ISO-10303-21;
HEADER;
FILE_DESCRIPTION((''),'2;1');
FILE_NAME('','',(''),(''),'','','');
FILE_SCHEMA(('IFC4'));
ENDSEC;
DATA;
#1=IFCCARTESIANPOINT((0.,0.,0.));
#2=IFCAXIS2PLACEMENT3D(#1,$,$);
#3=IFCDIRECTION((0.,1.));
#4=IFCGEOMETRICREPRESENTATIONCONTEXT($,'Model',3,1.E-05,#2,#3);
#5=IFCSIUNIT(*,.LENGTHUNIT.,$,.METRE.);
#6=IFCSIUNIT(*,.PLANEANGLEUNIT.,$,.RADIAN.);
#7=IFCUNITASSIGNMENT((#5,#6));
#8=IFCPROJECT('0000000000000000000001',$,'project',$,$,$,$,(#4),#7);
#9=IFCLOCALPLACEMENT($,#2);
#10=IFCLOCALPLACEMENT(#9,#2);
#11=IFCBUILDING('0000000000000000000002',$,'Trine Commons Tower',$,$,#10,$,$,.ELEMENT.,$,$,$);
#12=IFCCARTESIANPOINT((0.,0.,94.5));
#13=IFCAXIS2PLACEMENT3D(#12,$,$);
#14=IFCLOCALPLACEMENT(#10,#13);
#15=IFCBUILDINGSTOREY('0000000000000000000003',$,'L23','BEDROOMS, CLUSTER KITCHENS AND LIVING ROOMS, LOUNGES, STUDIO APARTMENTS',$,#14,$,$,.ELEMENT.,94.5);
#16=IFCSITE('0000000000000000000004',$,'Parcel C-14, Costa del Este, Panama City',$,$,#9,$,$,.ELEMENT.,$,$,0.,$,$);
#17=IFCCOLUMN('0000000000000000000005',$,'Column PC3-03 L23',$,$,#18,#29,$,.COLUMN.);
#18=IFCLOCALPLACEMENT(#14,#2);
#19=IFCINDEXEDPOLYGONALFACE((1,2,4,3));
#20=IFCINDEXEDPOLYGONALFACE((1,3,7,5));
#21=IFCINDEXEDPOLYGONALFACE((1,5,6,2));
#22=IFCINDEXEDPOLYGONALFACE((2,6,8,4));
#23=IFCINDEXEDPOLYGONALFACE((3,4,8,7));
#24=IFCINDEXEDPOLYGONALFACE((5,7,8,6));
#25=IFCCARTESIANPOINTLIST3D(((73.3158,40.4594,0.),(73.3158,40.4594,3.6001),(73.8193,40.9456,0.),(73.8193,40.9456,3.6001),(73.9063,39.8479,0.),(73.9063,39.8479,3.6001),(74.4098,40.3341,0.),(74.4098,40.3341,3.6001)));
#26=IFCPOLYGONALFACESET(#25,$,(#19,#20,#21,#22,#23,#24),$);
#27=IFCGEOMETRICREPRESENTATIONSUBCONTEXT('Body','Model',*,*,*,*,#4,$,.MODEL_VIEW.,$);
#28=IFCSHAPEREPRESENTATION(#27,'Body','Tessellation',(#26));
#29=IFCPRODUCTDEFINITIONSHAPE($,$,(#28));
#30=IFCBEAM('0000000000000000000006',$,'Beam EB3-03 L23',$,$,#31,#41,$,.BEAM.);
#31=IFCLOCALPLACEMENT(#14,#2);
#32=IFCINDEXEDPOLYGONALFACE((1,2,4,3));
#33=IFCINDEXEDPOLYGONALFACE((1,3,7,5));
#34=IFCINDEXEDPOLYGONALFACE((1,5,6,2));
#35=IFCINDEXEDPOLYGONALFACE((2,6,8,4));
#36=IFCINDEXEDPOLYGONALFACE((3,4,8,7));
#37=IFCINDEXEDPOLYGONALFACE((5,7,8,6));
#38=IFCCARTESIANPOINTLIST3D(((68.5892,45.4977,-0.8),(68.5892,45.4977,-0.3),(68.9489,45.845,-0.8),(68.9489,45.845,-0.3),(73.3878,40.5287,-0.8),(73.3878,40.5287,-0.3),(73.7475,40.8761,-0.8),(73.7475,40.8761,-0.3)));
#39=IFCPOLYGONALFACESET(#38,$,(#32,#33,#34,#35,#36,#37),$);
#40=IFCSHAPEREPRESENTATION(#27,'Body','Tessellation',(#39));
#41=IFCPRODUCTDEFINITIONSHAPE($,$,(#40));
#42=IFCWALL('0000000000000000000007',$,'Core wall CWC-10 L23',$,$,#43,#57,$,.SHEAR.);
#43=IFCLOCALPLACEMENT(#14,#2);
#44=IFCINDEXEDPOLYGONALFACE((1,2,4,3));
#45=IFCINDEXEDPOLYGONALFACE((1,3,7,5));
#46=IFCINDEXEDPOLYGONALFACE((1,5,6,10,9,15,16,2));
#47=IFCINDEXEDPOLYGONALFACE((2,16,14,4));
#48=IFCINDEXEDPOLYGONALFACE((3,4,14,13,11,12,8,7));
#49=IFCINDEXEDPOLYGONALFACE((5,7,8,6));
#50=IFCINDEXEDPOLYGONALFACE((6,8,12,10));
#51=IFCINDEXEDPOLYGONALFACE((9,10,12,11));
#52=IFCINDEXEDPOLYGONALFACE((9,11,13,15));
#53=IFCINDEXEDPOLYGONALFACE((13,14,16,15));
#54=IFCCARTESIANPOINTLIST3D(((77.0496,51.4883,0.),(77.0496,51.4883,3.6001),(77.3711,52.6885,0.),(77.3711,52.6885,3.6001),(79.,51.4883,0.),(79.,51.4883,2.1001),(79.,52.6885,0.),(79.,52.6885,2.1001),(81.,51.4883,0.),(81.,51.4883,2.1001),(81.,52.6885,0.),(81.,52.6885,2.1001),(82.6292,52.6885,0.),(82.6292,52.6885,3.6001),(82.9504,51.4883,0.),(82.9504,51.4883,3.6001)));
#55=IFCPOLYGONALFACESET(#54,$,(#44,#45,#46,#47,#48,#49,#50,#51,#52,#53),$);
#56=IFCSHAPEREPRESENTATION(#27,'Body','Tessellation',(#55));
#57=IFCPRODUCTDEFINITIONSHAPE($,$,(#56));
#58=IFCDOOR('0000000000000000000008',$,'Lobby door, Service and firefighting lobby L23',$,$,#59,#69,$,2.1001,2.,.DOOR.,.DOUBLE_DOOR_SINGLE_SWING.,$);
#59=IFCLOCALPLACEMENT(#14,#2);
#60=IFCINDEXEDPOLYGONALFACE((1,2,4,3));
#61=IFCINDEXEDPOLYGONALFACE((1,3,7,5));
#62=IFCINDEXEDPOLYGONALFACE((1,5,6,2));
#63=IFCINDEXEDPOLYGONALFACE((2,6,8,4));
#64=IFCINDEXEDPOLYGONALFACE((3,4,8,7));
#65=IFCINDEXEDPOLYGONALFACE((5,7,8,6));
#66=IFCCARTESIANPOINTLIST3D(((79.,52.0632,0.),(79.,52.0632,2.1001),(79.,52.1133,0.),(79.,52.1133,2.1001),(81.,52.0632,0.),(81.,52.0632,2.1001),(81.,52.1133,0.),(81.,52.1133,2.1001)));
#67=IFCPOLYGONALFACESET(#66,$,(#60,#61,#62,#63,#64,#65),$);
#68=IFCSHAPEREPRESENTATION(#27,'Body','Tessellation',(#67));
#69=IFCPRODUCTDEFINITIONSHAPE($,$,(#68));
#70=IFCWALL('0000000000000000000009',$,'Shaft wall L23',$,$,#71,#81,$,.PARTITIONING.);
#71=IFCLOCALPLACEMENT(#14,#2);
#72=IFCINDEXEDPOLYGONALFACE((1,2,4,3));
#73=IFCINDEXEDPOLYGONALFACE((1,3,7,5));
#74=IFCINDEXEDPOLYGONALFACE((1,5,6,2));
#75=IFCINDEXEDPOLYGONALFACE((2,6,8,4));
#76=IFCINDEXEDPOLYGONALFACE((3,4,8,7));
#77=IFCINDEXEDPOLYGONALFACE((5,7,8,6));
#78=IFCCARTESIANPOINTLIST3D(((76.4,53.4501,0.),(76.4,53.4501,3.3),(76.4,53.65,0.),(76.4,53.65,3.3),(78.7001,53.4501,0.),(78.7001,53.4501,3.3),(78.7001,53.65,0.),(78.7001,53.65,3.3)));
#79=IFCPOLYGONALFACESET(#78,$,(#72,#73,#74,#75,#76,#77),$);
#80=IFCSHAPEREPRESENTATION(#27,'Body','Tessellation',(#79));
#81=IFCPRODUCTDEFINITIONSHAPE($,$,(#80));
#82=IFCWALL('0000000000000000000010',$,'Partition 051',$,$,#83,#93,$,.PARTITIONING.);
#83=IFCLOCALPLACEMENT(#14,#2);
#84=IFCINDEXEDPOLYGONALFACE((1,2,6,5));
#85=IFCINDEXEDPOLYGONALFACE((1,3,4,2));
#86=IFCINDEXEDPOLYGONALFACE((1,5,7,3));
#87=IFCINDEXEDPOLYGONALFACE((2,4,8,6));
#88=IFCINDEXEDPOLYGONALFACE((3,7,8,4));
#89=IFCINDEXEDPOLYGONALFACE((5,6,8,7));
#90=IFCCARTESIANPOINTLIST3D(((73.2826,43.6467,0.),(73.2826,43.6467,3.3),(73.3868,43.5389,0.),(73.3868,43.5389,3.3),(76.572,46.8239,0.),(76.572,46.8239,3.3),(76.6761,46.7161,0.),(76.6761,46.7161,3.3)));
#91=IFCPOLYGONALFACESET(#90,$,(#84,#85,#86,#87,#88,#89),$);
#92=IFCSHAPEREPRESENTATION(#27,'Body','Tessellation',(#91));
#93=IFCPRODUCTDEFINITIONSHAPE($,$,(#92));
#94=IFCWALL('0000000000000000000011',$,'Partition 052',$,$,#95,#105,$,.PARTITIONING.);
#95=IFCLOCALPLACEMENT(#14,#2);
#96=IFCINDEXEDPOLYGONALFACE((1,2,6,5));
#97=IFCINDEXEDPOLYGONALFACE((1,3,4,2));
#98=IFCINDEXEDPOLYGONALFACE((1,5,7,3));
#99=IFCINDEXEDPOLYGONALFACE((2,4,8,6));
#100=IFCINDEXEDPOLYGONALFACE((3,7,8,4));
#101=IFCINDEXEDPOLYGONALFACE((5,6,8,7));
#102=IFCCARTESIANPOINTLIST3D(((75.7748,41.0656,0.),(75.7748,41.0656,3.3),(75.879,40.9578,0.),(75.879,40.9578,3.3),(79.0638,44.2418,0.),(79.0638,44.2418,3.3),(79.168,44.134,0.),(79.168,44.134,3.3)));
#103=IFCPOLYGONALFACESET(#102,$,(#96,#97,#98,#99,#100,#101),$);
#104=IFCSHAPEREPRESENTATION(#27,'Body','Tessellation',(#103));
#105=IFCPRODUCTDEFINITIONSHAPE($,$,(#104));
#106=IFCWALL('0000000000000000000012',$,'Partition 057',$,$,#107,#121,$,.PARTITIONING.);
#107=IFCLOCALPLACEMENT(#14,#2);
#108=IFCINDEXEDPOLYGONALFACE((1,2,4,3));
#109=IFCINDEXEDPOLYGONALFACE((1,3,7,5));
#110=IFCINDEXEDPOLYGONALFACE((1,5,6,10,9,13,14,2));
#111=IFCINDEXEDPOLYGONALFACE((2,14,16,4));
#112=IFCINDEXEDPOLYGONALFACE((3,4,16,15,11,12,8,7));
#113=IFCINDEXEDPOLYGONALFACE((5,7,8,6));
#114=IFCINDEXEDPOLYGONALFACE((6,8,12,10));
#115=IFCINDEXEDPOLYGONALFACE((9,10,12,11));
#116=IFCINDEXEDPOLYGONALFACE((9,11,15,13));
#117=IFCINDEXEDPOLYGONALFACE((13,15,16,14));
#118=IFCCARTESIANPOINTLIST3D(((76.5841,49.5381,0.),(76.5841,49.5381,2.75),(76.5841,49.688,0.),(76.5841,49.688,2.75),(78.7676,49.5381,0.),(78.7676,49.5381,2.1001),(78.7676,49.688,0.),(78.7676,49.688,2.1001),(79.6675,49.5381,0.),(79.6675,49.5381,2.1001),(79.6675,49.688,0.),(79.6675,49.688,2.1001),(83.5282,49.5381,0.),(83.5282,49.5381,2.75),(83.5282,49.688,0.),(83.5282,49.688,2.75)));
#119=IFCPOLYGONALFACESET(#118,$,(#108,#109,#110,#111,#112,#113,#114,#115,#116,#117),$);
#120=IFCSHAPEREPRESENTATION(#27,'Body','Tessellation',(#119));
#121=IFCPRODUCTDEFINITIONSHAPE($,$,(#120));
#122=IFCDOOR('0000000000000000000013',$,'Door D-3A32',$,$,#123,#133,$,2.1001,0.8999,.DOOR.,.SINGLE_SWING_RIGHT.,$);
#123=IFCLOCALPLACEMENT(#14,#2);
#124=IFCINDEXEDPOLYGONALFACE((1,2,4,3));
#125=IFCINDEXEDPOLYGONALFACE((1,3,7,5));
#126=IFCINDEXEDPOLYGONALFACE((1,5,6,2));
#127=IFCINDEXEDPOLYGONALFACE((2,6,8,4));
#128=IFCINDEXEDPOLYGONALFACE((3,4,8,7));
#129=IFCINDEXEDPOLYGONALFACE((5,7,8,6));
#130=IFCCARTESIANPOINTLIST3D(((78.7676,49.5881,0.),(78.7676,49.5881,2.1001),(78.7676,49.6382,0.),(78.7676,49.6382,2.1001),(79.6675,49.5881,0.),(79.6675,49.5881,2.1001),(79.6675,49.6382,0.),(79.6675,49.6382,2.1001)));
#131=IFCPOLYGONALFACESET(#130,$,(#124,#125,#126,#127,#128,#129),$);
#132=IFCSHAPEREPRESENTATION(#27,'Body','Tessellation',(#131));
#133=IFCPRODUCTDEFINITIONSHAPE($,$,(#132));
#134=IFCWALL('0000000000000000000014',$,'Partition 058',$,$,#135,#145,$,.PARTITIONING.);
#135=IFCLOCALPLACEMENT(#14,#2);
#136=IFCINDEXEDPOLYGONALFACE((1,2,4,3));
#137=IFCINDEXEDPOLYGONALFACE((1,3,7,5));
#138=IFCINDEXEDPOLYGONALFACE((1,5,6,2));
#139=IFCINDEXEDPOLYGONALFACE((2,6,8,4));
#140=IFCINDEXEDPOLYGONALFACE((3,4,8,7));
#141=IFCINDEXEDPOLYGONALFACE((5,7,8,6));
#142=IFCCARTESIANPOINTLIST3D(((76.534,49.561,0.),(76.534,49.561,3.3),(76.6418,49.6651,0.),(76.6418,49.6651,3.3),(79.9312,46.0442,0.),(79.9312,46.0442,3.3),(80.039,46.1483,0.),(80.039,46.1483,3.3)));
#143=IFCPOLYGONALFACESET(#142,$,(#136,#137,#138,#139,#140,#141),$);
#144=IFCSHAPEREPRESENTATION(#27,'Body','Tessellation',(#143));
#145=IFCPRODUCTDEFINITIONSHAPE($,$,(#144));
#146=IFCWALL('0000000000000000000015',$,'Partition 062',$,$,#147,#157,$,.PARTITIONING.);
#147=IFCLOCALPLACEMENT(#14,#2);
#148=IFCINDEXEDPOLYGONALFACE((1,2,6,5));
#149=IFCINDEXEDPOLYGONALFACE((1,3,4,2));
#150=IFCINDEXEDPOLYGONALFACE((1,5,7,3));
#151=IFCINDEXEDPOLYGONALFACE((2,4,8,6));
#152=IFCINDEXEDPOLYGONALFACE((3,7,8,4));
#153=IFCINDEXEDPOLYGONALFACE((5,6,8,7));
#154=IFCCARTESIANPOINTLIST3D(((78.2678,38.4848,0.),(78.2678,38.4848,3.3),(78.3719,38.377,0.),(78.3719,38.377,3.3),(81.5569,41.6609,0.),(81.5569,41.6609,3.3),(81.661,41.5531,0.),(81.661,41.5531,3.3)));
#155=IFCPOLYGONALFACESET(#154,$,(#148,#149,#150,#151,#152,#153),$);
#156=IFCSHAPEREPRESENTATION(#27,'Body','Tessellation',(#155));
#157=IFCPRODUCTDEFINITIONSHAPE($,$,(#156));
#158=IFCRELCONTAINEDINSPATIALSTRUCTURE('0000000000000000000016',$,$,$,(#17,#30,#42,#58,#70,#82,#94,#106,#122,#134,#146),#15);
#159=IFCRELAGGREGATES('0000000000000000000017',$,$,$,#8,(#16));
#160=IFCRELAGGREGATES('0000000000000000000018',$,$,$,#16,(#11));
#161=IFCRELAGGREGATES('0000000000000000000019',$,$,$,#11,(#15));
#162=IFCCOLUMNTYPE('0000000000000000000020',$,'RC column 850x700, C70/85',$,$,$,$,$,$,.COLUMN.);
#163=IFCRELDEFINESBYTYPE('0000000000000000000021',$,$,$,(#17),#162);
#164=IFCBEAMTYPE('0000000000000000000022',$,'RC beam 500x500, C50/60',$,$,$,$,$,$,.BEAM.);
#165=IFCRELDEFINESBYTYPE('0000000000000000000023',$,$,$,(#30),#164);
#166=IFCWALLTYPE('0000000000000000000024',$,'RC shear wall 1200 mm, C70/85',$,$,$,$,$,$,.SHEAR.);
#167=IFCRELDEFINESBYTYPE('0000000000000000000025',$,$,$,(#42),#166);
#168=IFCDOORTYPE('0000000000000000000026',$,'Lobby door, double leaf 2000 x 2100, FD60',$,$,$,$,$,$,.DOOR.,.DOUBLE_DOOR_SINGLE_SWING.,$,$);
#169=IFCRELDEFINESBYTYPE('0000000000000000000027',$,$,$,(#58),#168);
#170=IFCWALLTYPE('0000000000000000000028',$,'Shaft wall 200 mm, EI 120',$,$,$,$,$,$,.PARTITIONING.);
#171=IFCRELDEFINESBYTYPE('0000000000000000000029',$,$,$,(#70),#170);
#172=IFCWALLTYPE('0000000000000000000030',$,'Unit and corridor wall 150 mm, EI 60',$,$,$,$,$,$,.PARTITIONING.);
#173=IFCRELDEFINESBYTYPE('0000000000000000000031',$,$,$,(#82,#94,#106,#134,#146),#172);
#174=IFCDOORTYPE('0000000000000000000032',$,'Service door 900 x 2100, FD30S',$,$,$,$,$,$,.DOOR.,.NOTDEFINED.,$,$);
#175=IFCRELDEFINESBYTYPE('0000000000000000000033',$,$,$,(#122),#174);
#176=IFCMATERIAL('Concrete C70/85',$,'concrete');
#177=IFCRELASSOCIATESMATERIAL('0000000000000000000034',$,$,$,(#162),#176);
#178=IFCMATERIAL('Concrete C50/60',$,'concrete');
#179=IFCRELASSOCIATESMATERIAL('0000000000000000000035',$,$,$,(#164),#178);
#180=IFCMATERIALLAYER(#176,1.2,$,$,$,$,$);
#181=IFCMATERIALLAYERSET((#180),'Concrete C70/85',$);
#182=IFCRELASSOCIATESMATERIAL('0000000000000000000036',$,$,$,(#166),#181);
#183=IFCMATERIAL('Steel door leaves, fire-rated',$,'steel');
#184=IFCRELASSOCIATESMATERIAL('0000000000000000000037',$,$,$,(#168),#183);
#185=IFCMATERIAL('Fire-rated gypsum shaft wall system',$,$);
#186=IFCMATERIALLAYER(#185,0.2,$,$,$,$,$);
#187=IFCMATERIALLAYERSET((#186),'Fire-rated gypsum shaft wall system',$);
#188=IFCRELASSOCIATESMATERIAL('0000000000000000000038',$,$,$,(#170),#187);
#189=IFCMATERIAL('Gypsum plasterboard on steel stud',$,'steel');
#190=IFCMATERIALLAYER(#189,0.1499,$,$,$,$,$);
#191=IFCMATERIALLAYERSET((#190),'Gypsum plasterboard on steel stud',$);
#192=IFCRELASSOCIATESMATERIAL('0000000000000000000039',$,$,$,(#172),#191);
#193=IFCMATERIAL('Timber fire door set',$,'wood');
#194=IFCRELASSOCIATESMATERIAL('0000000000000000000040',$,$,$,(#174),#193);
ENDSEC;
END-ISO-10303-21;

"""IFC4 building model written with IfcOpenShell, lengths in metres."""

from ifc_helpers import new_model, si_unit, direction, frame, frame_2d, origin, origin_2d, place, context, subcontext, project, spatial, polyline, rectangle, outline, extrude, material, layer, layer_set, material_profile, profile_set, type_object, element, fill, save


model = new_model("IFC4")

# Units and contexts
model_context = context("Model", 3, precision=1e-05, world=origin(), true_north=direction((0.0, 1.0)))
body_context = subcontext(model_context, "Body", "Model", "MODEL_VIEW")
ifc_project = project(units=[si_unit("LENGTHUNIT", "METRE"), si_unit("PLANEANGLEUNIT", "RADIAN")], contexts=[model_context])

# Site, building, storey
site_placement = place(None, origin())
site = spatial("IfcSite", under=ifc_project, at=site_placement, Name="Parcel C-14, Costa del Este, Panama City", CompositionType="ELEMENT", RefElevation=0.0)
building_placement = place(site_placement, origin())
building = spatial("IfcBuilding", under=site, at=building_placement, Name="Trine Commons Tower", CompositionType="ELEMENT")
storey_placement = place(building_placement, frame((0.0, 0.0, 94.5)))
storey = spatial("IfcBuildingStorey", under=building, at=storey_placement, Name="L23", Description="BEDROOMS, CLUSTER KITCHENS AND LIVING ROOMS, LOUNGES, STUDIO APARTMENTS", CompositionType="ELEMENT", Elevation=94.5)

# Column
ifc_material_1 = material(Name="Concrete C70/85", Category="concrete")
ifc_material_profile_1 = material_profile(ifc_material_1, rectangle(XDim=0.8501, YDim=0.7, at=origin_2d()), Name="RC 850x700")
ifc_profile_set_1 = profile_set([ifc_material_profile_1], Name="Concrete C70/85")
column_type = type_object("IfcColumnType", Name="RC column 850x700, C70/85", PredefinedType="COLUMN", material=ifc_profile_set_1)
column_placement = place(storey_placement, frame((73.8628, 40.3967, 0.0), z_axis=(0.0, 0.0, 1.0), x_axis=(-0.694658, 0.71934, 0.0)))
element("IfcColumn", 1, at=column_placement, inside=storey, type_object=column_type, Name="Column PC3-03 L23", PredefinedType="COLUMN", context=body_context, shape_type="SweptSolid", body=[
    extrude(rectangle(XDim=0.8501, YDim=0.7, at=origin_2d()), origin(), (0.0, 0.0, 1.0), 3.6001),
])

# Beam
ifc_material_2 = material(Name="Concrete C50/60", Category="concrete")
ifc_material_profile_2 = material_profile(ifc_material_2, rectangle(XDim=0.5, YDim=0.5, at=origin_2d()), Name="RC 500x500")
ifc_profile_set_2 = profile_set([ifc_material_profile_2], Name="Concrete C50/60")
beam_type = type_object("IfcBeamType", Name="RC beam 500x500, C50/60", PredefinedType="BEAM", material=ifc_profile_set_2)
beam_placement = place(storey_placement, frame((73.5676, 40.7024, -0.55), z_axis=(-0.694665, 0.719334, 0.0), x_axis=(-0.719334, -0.694665, 0.0)))
element("IfcBeam", 2, at=beam_placement, inside=storey, type_object=beam_type, Name="Beam EB3-03 L23", PredefinedType="BEAM", context=body_context, shape_type="SweptSolid", body=[
    extrude(rectangle(XDim=0.5, YDim=0.5, at=origin_2d()), origin(), (0.0, 0.0, 1.0), 6.9077),
])

# Wall, opening, door
ifc_layer_1 = layer(ifc_material_1, 1.2)
ifc_layer_set_1 = layer_set([ifc_layer_1], Name="Concrete C70/85")
wall_type_1 = type_object("IfcWallType", Name="RC shear wall 1200 mm, C70/85", PredefinedType="SHEAR", material=ifc_layer_set_1)
wall_1_placement = place(storey_placement, frame((77.0496, 52.0884, 0.0), z_axis=(0.0, 0.0, 1.0), x_axis=(1.0, 0.0, 0.0)))
wall_1 = element("IfcWall", 3, at=wall_1_placement, inside=storey, type_object=wall_type_1, Name="Core wall CWC-10 L23", PredefinedType="SHEAR", context=body_context, shape_type="SweptSolid", body=[
    extrude(outline(polyline([(0.0, -0.6001), (5.9009, -0.6001), (5.5796, 0.6001), (0.3215, 0.6001), (0.0, -0.6001)])), origin(), (0.0, 0.0, 1.0), 3.6001),
])
opening_1_placement = place(wall_1_placement, frame((1.9504, 0.0, 0.0)))
opening_1 = element("IfcOpeningElement", 4, at=opening_1_placement, cuts=wall_1, PredefinedType="OPENING", context=body_context, shape_type="SweptSolid", body=[
    extrude(rectangle(XDim=2.0, YDim=2.1001, at=frame_2d((1.0, 1.05))), frame((0.0, 0.6099, 0.0), z_axis=(0.0, -1.0, 0.0), x_axis=(1.0, 0.0, 0.0)), (0.0, 0.0, 1.0), 1.22),
])
ifc_material_3 = material(Name="Steel door leaves, fire-rated", Category="steel")
door_type_1 = type_object("IfcDoorType", Name="Lobby door, double leaf 2000 x 2100, FD60", OperationType="DOUBLE_DOOR_SINGLE_SWING", PredefinedType="DOOR", material=ifc_material_3)
door_1_placement = place(opening_1_placement, origin())
door_1 = element("IfcDoor", 5, at=door_1_placement, inside=storey, type_object=door_type_1, Name="Lobby door, Service and firefighting lobby L23", OperationType="DOUBLE_DOOR_SINGLE_SWING", OverallHeight=2.1001, OverallWidth=2.0, PredefinedType="DOOR", context=body_context, shape_type="SweptSolid", body=[
    extrude(rectangle(XDim=2.0, YDim=2.1001, at=frame_2d((1.0, 1.05))), frame((0.0, 0.0249, 0.0), z_axis=(0.0, -1.0, 0.0), x_axis=(1.0, 0.0, 0.0)), (0.0, 0.0, 1.0), 0.05),
])
fill(opening_1, door_1)

# Walls
ifc_material_4 = material(Name="Fire-rated gypsum shaft wall system")
ifc_layer_2 = layer(ifc_material_4, 0.2)
ifc_layer_set_2 = layer_set([ifc_layer_2], Name="Fire-rated gypsum shaft wall system")
wall_type_2 = type_object("IfcWallType", Name="Shaft wall 200 mm, EI 120", PredefinedType="PARTITIONING", material=ifc_layer_set_2)
wall_2_placement = place(storey_placement, frame((78.7, 53.55, 0.0), z_axis=(0.0, 0.0, 1.0), x_axis=(-1.0, 0.0, 0.0)))
element("IfcWall", 6, at=wall_2_placement, inside=storey, type_object=wall_type_2, Name="Shaft wall L23", PredefinedType="PARTITIONING", context=body_context, shape_type="SweptSolid", body=[
    extrude(rectangle(XDim=2.3, YDim=0.2, at=frame_2d((1.1499, 0.0))), origin(), (0.0, 0.0, 1.0), 3.3),
])
ifc_material_5 = material(Name="Gypsum plasterboard on steel stud", Category="steel")
ifc_layer_3 = layer(ifc_material_5, 0.1499)
ifc_layer_set_3 = layer_set([ifc_layer_3], Name="Gypsum plasterboard on steel stud")
wall_type_3 = type_object("IfcWallType", Name="Unit and corridor wall 150 mm, EI 60", PredefinedType="PARTITIONING", material=ifc_layer_set_3)
wall_3_placement = place(storey_placement, frame((73.3347, 43.5928, 0.0), z_axis=(0.0, 0.0, 1.0), x_axis=(0.719252, 0.694749, 0.0)))
element("IfcWall", 7, at=wall_3_placement, inside=storey, type_object=wall_type_3, Name="Partition 051", PredefinedType="PARTITIONING", context=body_context, shape_type="SweptSolid", body=[
    extrude(rectangle(XDim=4.5732, YDim=0.1499, at=frame_2d((2.2866, 0.0))), origin(), (0.0, 0.0, 1.0), 3.3),
])
wall_4_placement = place(storey_placement, frame((75.8269, 41.0117, 0.0), z_axis=(0.0, 0.0, 1.0), x_axis=(0.719333, 0.694665, 0.0)))
element("IfcWall", 8, at=wall_4_placement, inside=storey, type_object=wall_type_3, Name="Partition 052", PredefinedType="PARTITIONING", context=body_context, shape_type="SweptSolid", body=[
    extrude(rectangle(XDim=4.5723, YDim=0.1499, at=frame_2d((2.2861, 0.0))), origin(), (0.0, 0.0, 1.0), 3.3),
])

# Wall, opening, door
wall_5_placement = place(storey_placement, frame((76.584, 49.613, 0.0), z_axis=(0.0, 0.0, 1.0), x_axis=(1.0, 0.0, 0.0)))
wall_5 = element("IfcWall", 9, at=wall_5_placement, inside=storey, type_object=wall_type_3, Name="Partition 057", PredefinedType="PARTITIONING", context=body_context, shape_type="SweptSolid", body=[
    extrude(rectangle(XDim=6.9441, YDim=0.1499, at=frame_2d((3.4722, 0.0))), origin(), (0.0, 0.0, 1.0), 2.75),
])
opening_2_placement = place(wall_5_placement, frame((2.1836, 0.0, 0.0)))
opening_2 = element("IfcOpeningElement", 10, at=opening_2_placement, cuts=wall_5, PredefinedType="OPENING", context=body_context, shape_type="SweptSolid", body=[
    extrude(rectangle(XDim=0.8999, YDim=2.1001, at=frame_2d((0.45, 1.05))), frame((0.0, 0.085, 0.0), z_axis=(0.0, -1.0, 0.0), x_axis=(1.0, 0.0, 0.0)), (0.0, 0.0, 1.0), 0.1699),
])
ifc_material_6 = material(Name="Timber fire door set", Category="wood")
door_type_2 = type_object("IfcDoorType", Name="Service door 900 x 2100, FD30S", OperationType="NOTDEFINED", PredefinedType="DOOR", material=ifc_material_6)
door_2_placement = place(opening_2_placement, frame((0.8999, 0.0, 0.0), z_axis=(0.0, 0.0, 1.0), x_axis=(-1.0, 0.0, 0.0)))
door_2 = element("IfcDoor", 11, at=door_2_placement, inside=storey, type_object=door_type_2, Name="Door D-3A32", OperationType="SINGLE_SWING_RIGHT", OverallHeight=2.1001, OverallWidth=0.8999, PredefinedType="DOOR", context=body_context, shape_type="SweptSolid", body=[
    extrude(rectangle(XDim=0.8999, YDim=2.1001, at=frame_2d((0.45, 1.05))), frame((0.0, 0.0249, 0.0), z_axis=(0.0, -1.0, 0.0), x_axis=(1.0, 0.0, 0.0)), (0.0, 0.0, 1.0), 0.05),
])
fill(opening_2, door_2)

# Walls
wall_6_placement = place(storey_placement, frame((76.5879, 49.613, 0.0), z_axis=(0.0, 0.0, 1.0), x_axis=(0.694768, -0.719234, 0.0)))
element("IfcWall", 12, at=wall_6_placement, inside=storey, type_object=wall_type_3, Name="Partition 058", PredefinedType="PARTITIONING", context=body_context, shape_type="SweptSolid", body=[
    extrude(rectangle(XDim=4.8896, YDim=0.1499, at=frame_2d((2.4448, 0.0))), origin(), (0.0, 0.0, 1.0), 3.3),
])
wall_7_placement = place(storey_placement, frame((78.3198, 38.4309, 0.0), z_axis=(0.0, 0.0, 1.0), x_axis=(0.71936, 0.694637, 0.0)))
element("IfcWall", 13, at=wall_7_placement, inside=storey, type_object=wall_type_3, Name="Partition 062", PredefinedType="PARTITIONING", context=body_context, shape_type="SweptSolid", body=[
    extrude(rectangle(XDim=4.5723, YDim=0.1499, at=frame_2d((2.2861, 0.0))), origin(), (0.0, 0.0, 1.0), 3.3),
])

save(model, "model.ifc")
